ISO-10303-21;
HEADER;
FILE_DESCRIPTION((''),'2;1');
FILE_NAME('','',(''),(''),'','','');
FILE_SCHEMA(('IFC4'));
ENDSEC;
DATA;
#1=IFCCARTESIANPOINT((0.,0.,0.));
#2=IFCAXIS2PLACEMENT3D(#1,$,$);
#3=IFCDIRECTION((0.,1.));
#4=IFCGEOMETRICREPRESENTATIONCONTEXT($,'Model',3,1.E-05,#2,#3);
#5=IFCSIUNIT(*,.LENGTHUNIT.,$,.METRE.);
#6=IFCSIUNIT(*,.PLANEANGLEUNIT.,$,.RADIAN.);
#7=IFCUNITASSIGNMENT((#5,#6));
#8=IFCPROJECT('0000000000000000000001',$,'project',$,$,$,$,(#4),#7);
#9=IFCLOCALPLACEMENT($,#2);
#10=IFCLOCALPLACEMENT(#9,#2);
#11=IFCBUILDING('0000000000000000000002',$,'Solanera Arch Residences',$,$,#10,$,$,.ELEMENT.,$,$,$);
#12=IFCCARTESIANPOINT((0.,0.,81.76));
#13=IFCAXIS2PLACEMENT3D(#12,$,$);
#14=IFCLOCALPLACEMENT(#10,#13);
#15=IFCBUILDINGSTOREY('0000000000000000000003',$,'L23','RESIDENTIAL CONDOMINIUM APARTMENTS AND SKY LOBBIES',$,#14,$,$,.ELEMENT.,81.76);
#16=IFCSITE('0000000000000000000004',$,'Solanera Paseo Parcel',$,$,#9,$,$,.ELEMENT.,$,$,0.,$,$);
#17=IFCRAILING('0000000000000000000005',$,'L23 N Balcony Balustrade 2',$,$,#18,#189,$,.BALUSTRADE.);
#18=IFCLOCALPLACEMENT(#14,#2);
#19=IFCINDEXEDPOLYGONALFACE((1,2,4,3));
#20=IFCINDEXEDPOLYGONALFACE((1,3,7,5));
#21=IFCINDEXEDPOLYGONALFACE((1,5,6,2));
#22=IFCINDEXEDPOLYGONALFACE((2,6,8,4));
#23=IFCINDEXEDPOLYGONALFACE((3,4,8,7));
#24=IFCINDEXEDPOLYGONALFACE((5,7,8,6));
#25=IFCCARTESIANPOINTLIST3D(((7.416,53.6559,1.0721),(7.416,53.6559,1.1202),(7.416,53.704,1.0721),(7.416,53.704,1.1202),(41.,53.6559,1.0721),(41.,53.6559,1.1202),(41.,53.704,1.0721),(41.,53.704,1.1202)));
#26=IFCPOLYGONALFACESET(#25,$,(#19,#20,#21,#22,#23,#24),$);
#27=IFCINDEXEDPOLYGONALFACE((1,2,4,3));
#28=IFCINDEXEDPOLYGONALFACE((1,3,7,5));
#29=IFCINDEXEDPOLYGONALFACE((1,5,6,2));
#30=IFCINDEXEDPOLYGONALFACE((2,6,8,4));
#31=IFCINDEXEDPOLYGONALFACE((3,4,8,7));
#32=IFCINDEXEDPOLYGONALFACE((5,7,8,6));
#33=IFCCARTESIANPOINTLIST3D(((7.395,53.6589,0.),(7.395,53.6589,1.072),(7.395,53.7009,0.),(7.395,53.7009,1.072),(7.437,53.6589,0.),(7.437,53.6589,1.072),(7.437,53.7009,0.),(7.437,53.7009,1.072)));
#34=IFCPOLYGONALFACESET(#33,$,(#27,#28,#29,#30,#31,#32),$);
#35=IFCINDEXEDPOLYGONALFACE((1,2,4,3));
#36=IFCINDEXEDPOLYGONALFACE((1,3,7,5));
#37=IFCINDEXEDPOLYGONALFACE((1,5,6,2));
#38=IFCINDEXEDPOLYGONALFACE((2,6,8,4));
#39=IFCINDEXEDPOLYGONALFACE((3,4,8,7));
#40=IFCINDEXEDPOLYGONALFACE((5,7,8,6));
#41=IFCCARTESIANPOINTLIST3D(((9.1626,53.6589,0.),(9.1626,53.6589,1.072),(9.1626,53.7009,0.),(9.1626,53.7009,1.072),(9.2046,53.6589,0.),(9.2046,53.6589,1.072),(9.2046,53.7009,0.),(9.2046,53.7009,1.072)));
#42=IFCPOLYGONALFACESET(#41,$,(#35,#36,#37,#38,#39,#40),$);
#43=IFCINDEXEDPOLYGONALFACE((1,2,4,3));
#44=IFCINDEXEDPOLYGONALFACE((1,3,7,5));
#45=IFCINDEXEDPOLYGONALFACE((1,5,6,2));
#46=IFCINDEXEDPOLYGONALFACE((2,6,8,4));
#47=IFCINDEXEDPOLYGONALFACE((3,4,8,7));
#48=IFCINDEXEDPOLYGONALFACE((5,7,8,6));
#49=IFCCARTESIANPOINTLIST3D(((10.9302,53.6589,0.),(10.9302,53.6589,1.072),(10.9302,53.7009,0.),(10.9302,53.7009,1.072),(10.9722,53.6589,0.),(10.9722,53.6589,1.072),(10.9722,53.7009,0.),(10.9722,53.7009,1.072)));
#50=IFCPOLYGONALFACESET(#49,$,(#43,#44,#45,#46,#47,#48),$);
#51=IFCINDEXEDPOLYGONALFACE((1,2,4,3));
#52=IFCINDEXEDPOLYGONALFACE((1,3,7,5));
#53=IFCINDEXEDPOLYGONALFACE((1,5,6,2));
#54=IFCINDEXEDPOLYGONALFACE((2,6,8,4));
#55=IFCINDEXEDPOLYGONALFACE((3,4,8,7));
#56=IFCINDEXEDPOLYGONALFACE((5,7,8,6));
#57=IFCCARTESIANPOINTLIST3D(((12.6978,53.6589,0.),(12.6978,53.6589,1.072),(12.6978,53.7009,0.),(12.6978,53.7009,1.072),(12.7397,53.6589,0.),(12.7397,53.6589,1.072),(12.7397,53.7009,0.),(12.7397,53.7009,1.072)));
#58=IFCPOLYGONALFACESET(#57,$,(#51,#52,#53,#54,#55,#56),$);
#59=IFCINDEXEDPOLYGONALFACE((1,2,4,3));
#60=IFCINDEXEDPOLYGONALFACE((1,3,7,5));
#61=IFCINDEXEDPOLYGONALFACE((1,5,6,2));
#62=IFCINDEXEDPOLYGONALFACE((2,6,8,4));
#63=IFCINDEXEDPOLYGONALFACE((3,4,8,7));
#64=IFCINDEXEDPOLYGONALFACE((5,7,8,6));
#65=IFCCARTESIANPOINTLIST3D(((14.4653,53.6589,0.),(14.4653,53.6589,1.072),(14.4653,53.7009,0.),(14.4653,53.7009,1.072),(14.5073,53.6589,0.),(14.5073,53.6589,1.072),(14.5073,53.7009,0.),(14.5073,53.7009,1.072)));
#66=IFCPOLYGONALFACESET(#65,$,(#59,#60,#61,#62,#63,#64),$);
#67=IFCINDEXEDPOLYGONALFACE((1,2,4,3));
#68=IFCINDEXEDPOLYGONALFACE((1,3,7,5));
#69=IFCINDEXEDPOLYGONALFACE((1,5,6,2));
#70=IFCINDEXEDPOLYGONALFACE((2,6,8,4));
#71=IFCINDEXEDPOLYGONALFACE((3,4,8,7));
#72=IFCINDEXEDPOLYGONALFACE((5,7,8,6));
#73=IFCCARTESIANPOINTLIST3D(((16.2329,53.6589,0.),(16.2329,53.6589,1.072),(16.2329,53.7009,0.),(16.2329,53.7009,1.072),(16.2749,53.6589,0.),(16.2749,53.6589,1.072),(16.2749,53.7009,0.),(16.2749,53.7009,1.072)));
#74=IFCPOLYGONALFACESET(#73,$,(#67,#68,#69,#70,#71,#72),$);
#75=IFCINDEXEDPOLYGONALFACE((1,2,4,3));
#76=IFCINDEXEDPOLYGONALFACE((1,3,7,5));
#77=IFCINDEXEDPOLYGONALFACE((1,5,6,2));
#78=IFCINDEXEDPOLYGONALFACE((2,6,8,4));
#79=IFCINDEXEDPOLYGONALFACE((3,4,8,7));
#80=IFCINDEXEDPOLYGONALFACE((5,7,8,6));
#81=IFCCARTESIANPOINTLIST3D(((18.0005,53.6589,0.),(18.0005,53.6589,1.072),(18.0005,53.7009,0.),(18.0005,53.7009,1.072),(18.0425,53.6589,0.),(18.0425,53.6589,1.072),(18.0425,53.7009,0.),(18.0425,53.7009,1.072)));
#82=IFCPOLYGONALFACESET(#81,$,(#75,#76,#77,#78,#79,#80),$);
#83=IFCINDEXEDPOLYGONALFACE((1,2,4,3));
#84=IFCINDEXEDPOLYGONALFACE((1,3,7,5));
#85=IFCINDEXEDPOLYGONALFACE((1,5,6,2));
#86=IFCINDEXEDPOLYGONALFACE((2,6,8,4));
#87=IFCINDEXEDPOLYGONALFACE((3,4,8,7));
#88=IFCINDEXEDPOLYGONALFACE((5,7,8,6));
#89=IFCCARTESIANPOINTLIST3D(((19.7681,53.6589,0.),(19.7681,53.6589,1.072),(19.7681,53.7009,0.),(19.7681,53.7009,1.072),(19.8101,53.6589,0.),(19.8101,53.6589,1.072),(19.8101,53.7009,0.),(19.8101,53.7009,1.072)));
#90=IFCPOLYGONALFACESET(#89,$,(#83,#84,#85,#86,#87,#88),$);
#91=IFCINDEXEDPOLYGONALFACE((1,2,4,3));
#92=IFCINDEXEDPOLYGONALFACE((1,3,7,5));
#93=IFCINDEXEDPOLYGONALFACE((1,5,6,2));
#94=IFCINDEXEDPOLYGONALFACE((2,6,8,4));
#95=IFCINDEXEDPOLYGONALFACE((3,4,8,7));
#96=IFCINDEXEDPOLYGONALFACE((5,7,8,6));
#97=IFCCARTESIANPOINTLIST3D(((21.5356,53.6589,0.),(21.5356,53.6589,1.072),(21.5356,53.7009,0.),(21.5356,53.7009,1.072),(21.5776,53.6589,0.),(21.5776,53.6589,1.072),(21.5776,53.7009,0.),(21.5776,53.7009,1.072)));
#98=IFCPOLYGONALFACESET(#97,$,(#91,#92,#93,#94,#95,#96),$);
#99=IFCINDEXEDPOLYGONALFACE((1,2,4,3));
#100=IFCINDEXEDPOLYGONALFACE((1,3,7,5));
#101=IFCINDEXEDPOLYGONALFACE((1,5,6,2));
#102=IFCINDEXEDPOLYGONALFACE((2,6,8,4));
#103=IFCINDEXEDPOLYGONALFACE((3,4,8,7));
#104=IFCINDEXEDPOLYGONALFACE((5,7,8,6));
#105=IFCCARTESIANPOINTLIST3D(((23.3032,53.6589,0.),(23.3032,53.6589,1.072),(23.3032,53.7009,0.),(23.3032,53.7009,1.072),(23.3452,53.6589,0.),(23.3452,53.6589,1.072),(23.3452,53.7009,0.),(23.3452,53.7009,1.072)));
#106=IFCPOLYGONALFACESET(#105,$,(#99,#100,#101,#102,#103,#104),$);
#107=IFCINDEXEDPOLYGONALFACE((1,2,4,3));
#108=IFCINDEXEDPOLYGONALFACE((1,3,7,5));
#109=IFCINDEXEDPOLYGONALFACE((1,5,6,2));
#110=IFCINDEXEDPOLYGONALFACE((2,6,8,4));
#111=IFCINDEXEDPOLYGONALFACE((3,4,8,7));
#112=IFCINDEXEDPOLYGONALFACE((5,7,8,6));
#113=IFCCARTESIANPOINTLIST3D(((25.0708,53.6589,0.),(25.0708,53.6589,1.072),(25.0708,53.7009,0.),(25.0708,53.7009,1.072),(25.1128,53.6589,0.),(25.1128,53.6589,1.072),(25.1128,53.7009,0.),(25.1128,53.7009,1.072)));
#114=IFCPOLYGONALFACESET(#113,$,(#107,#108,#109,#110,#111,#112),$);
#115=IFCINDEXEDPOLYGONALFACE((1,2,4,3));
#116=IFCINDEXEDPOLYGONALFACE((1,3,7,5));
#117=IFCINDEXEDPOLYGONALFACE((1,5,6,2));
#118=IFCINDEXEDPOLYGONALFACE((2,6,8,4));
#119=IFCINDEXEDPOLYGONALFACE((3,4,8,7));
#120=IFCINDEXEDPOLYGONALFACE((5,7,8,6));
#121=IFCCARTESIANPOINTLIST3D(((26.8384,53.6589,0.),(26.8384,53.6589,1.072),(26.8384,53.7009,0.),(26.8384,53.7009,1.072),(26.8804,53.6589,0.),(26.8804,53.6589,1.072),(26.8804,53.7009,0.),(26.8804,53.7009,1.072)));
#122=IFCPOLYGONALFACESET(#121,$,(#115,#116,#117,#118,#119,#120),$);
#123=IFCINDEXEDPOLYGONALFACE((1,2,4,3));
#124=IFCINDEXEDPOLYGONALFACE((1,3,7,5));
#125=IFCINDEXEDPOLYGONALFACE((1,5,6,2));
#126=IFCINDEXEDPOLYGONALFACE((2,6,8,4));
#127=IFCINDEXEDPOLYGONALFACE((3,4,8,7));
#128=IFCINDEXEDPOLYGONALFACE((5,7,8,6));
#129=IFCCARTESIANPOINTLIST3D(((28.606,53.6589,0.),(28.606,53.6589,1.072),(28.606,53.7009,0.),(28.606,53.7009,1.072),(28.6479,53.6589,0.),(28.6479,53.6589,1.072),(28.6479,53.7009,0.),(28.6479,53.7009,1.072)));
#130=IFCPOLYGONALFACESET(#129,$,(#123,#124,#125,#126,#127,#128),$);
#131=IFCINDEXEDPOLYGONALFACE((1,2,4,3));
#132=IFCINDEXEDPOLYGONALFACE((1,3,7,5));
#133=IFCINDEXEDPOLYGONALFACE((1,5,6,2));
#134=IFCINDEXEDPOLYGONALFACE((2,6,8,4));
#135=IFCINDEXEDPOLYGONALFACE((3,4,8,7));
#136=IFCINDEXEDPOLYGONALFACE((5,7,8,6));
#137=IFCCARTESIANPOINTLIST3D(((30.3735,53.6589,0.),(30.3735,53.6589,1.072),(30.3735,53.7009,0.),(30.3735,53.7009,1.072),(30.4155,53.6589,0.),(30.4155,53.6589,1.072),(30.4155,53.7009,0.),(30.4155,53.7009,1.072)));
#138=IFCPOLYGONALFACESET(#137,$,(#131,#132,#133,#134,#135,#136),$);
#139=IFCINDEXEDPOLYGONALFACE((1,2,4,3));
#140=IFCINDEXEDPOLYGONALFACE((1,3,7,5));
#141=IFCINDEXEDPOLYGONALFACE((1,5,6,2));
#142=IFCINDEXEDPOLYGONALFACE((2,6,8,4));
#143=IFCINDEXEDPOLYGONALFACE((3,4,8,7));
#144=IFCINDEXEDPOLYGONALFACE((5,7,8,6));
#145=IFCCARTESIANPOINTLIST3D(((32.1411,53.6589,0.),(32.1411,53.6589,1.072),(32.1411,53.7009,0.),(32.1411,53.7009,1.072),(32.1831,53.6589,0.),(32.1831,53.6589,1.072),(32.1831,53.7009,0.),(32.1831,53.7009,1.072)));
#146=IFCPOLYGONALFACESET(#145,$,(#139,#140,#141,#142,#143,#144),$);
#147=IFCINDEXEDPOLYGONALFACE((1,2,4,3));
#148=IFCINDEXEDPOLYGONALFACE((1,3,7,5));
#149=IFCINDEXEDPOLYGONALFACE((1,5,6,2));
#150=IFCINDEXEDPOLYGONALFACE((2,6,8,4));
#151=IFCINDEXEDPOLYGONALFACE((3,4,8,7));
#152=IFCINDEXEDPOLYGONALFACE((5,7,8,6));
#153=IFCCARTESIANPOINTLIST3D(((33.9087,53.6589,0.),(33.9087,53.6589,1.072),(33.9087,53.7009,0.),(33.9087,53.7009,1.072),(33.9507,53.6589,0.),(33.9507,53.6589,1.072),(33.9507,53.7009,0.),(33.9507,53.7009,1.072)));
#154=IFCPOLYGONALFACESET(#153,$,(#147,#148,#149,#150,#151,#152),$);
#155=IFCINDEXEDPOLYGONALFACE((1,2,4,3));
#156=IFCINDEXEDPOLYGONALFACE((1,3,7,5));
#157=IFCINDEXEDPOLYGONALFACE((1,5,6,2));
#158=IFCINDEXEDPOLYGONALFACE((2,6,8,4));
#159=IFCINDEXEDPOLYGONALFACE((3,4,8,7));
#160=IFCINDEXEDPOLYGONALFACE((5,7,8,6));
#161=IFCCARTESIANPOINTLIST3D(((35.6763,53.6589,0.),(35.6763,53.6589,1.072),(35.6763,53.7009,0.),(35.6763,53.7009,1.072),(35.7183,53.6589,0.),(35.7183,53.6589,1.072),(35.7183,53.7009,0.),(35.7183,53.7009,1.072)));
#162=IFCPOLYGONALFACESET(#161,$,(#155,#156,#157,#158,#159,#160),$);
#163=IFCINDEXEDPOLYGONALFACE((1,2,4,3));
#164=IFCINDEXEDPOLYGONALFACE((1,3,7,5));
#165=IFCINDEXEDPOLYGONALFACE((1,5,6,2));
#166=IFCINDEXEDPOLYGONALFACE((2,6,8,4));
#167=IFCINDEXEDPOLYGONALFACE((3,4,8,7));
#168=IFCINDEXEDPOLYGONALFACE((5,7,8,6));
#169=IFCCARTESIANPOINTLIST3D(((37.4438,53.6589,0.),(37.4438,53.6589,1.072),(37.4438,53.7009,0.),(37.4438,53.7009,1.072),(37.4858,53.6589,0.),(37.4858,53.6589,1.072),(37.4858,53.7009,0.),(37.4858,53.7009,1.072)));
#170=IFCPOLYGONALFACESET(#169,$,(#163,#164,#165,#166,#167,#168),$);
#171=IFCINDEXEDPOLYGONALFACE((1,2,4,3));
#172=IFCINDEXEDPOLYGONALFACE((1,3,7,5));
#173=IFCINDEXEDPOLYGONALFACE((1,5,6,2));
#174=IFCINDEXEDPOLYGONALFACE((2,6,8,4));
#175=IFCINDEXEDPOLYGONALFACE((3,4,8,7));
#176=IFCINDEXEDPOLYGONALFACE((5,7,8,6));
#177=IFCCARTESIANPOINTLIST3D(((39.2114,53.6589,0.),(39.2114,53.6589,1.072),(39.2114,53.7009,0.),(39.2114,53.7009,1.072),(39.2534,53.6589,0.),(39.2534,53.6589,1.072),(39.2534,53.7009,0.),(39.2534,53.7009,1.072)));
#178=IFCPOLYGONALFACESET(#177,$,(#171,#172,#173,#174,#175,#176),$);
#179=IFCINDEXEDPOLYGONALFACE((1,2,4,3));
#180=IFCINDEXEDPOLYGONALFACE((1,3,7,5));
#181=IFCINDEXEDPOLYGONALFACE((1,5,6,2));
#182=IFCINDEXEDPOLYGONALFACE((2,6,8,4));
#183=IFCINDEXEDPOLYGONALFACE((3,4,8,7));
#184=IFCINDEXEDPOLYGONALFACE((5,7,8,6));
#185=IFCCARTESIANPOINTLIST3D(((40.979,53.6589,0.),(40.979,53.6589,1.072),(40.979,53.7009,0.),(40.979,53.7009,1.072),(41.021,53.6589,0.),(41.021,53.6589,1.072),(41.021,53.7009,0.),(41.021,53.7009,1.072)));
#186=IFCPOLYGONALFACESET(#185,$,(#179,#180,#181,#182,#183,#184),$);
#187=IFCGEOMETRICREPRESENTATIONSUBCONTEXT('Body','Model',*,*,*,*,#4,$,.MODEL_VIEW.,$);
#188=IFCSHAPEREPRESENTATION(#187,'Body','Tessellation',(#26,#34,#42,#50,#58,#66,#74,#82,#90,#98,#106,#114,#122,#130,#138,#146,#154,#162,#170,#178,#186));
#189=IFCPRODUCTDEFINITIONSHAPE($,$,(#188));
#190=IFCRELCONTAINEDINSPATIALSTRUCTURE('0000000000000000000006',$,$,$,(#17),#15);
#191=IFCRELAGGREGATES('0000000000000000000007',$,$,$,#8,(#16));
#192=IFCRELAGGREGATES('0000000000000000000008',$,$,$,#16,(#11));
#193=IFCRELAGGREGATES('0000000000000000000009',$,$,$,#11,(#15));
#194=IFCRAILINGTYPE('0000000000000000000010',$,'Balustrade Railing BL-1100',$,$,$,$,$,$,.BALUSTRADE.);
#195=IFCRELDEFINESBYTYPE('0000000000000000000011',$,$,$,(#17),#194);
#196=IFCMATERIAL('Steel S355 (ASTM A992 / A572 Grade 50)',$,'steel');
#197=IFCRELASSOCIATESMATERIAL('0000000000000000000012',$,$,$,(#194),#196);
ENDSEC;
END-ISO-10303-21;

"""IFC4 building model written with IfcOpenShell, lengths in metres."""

from ifc_helpers import new_model, si_unit, direction, frame, origin, origin_2d, place, context, subcontext, project, spatial, rectangle, extrude, material, type_object, element, save


model = new_model("IFC4")

# Units and contexts
model_context = context("Model", 3, precision=1e-05, world=origin(), true_north=direction((0.0, 1.0)))
body_context = subcontext(model_context, "Body", "Model", "MODEL_VIEW")
ifc_project = project(units=[si_unit("LENGTHUNIT", "METRE"), si_unit("PLANEANGLEUNIT", "RADIAN")], contexts=[model_context])

# Site, building, storey
site_placement = place(None, origin())
site = spatial("IfcSite", under=ifc_project, at=site_placement, Name="Solanera Paseo Parcel", CompositionType="ELEMENT", RefElevation=0.0)
building_placement = place(site_placement, origin())
building = spatial("IfcBuilding", under=site, at=building_placement, Name="Solanera Arch Residences", CompositionType="ELEMENT")
storey_placement = place(building_placement, frame((0.0, 0.0, 81.76)))
storey = spatial("IfcBuildingStorey", under=building, at=storey_placement, Name="L23", Description="RESIDENTIAL CONDOMINIUM APARTMENTS AND SKY LOBBIES", CompositionType="ELEMENT", Elevation=81.76)

# Railing
ifc_material_1 = material(Name="Steel S355 (ASTM A992 / A572 Grade 50)", Category="steel")
railing_type = type_object("IfcRailingType", Name="Balustrade Railing BL-1100", PredefinedType="BALUSTRADE", material=ifc_material_1)
railing_1_placement = place(storey_placement, frame((7.416, 53.6799, 0.0)))
element("IfcRailing", 1, at=railing_1_placement, inside=storey, type_object=railing_type, Name="L23 N Balcony Balustrade 2", PredefinedType="BALUSTRADE", context=body_context, shape_type="SweptSolid", body=[
    extrude(rectangle(XDim=0.0481, YDim=0.0481, at=origin_2d()), frame((0.0, 0.0, 1.0962), z_axis=(1.0, 0.0, 0.0), x_axis=(0.0, 1.0, 0.0)), (0.0, 0.0, 1.0), 33.584),
    extrude(rectangle(XDim=0.042, YDim=0.042, at=origin_2d()), origin(), (0.0, 0.0, 1.0), 1.072),
    extrude(rectangle(XDim=0.042, YDim=0.042, at=origin_2d()), frame((1.7676, 0.0, 0.0)), (0.0, 0.0, 1.0), 1.072),
    extrude(rectangle(XDim=0.042, YDim=0.042, at=origin_2d()), frame((3.5352, 0.0, 0.0)), (0.0, 0.0, 1.0), 1.072),
    extrude(rectangle(XDim=0.042, YDim=0.042, at=origin_2d()), frame((5.3027, 0.0, 0.0)), (0.0, 0.0, 1.0), 1.072),
    extrude(rectangle(XDim=0.042, YDim=0.042, at=origin_2d()), frame((7.0703, 0.0, 0.0)), (0.0, 0.0, 1.0), 1.072),
    extrude(rectangle(XDim=0.042, YDim=0.042, at=origin_2d()), frame((8.8379, 0.0, 0.0)), (0.0, 0.0, 1.0), 1.072),
    extrude(rectangle(XDim=0.042, YDim=0.042, at=origin_2d()), frame((10.6055, 0.0, 0.0)), (0.0, 0.0, 1.0), 1.072),
    extrude(rectangle(XDim=0.042, YDim=0.042, at=origin_2d()), frame((12.373, 0.0, 0.0)), (0.0, 0.0, 1.0), 1.072),
    extrude(rectangle(XDim=0.042, YDim=0.042, at=origin_2d()), frame((14.1406, 0.0, 0.0)), (0.0, 0.0, 1.0), 1.072),
    extrude(rectangle(XDim=0.042, YDim=0.042, at=origin_2d()), frame((15.9082, 0.0, 0.0)), (0.0, 0.0, 1.0), 1.072),
    extrude(rectangle(XDim=0.042, YDim=0.042, at=origin_2d()), frame((17.6758, 0.0, 0.0)), (0.0, 0.0, 1.0), 1.072),
    extrude(rectangle(XDim=0.042, YDim=0.042, at=origin_2d()), frame((19.4434, 0.0, 0.0)), (0.0, 0.0, 1.0), 1.072),
    extrude(rectangle(XDim=0.042, YDim=0.042, at=origin_2d()), frame((21.2109, 0.0, 0.0)), (0.0, 0.0, 1.0), 1.072),
    extrude(rectangle(XDim=0.042, YDim=0.042, at=origin_2d()), frame((22.9785, 0.0, 0.0)), (0.0, 0.0, 1.0), 1.072),
    extrude(rectangle(XDim=0.042, YDim=0.042, at=origin_2d()), frame((24.7461, 0.0, 0.0)), (0.0, 0.0, 1.0), 1.072),
    extrude(rectangle(XDim=0.042, YDim=0.042, at=origin_2d()), frame((26.5137, 0.0, 0.0)), (0.0, 0.0, 1.0), 1.072),
    extrude(rectangle(XDim=0.042, YDim=0.042, at=origin_2d()), frame((28.2812, 0.0, 0.0)), (0.0, 0.0, 1.0), 1.072),
    extrude(rectangle(XDim=0.042, YDim=0.042, at=origin_2d()), frame((30.0488, 0.0, 0.0)), (0.0, 0.0, 1.0), 1.072),
    extrude(rectangle(XDim=0.042, YDim=0.042, at=origin_2d()), frame((31.8164, 0.0, 0.0)), (0.0, 0.0, 1.0), 1.072),
    extrude(rectangle(XDim=0.042, YDim=0.042, at=origin_2d()), frame((33.584, 0.0, 0.0)), (0.0, 0.0, 1.0), 1.072),
])

save(model, "model.ifc")
